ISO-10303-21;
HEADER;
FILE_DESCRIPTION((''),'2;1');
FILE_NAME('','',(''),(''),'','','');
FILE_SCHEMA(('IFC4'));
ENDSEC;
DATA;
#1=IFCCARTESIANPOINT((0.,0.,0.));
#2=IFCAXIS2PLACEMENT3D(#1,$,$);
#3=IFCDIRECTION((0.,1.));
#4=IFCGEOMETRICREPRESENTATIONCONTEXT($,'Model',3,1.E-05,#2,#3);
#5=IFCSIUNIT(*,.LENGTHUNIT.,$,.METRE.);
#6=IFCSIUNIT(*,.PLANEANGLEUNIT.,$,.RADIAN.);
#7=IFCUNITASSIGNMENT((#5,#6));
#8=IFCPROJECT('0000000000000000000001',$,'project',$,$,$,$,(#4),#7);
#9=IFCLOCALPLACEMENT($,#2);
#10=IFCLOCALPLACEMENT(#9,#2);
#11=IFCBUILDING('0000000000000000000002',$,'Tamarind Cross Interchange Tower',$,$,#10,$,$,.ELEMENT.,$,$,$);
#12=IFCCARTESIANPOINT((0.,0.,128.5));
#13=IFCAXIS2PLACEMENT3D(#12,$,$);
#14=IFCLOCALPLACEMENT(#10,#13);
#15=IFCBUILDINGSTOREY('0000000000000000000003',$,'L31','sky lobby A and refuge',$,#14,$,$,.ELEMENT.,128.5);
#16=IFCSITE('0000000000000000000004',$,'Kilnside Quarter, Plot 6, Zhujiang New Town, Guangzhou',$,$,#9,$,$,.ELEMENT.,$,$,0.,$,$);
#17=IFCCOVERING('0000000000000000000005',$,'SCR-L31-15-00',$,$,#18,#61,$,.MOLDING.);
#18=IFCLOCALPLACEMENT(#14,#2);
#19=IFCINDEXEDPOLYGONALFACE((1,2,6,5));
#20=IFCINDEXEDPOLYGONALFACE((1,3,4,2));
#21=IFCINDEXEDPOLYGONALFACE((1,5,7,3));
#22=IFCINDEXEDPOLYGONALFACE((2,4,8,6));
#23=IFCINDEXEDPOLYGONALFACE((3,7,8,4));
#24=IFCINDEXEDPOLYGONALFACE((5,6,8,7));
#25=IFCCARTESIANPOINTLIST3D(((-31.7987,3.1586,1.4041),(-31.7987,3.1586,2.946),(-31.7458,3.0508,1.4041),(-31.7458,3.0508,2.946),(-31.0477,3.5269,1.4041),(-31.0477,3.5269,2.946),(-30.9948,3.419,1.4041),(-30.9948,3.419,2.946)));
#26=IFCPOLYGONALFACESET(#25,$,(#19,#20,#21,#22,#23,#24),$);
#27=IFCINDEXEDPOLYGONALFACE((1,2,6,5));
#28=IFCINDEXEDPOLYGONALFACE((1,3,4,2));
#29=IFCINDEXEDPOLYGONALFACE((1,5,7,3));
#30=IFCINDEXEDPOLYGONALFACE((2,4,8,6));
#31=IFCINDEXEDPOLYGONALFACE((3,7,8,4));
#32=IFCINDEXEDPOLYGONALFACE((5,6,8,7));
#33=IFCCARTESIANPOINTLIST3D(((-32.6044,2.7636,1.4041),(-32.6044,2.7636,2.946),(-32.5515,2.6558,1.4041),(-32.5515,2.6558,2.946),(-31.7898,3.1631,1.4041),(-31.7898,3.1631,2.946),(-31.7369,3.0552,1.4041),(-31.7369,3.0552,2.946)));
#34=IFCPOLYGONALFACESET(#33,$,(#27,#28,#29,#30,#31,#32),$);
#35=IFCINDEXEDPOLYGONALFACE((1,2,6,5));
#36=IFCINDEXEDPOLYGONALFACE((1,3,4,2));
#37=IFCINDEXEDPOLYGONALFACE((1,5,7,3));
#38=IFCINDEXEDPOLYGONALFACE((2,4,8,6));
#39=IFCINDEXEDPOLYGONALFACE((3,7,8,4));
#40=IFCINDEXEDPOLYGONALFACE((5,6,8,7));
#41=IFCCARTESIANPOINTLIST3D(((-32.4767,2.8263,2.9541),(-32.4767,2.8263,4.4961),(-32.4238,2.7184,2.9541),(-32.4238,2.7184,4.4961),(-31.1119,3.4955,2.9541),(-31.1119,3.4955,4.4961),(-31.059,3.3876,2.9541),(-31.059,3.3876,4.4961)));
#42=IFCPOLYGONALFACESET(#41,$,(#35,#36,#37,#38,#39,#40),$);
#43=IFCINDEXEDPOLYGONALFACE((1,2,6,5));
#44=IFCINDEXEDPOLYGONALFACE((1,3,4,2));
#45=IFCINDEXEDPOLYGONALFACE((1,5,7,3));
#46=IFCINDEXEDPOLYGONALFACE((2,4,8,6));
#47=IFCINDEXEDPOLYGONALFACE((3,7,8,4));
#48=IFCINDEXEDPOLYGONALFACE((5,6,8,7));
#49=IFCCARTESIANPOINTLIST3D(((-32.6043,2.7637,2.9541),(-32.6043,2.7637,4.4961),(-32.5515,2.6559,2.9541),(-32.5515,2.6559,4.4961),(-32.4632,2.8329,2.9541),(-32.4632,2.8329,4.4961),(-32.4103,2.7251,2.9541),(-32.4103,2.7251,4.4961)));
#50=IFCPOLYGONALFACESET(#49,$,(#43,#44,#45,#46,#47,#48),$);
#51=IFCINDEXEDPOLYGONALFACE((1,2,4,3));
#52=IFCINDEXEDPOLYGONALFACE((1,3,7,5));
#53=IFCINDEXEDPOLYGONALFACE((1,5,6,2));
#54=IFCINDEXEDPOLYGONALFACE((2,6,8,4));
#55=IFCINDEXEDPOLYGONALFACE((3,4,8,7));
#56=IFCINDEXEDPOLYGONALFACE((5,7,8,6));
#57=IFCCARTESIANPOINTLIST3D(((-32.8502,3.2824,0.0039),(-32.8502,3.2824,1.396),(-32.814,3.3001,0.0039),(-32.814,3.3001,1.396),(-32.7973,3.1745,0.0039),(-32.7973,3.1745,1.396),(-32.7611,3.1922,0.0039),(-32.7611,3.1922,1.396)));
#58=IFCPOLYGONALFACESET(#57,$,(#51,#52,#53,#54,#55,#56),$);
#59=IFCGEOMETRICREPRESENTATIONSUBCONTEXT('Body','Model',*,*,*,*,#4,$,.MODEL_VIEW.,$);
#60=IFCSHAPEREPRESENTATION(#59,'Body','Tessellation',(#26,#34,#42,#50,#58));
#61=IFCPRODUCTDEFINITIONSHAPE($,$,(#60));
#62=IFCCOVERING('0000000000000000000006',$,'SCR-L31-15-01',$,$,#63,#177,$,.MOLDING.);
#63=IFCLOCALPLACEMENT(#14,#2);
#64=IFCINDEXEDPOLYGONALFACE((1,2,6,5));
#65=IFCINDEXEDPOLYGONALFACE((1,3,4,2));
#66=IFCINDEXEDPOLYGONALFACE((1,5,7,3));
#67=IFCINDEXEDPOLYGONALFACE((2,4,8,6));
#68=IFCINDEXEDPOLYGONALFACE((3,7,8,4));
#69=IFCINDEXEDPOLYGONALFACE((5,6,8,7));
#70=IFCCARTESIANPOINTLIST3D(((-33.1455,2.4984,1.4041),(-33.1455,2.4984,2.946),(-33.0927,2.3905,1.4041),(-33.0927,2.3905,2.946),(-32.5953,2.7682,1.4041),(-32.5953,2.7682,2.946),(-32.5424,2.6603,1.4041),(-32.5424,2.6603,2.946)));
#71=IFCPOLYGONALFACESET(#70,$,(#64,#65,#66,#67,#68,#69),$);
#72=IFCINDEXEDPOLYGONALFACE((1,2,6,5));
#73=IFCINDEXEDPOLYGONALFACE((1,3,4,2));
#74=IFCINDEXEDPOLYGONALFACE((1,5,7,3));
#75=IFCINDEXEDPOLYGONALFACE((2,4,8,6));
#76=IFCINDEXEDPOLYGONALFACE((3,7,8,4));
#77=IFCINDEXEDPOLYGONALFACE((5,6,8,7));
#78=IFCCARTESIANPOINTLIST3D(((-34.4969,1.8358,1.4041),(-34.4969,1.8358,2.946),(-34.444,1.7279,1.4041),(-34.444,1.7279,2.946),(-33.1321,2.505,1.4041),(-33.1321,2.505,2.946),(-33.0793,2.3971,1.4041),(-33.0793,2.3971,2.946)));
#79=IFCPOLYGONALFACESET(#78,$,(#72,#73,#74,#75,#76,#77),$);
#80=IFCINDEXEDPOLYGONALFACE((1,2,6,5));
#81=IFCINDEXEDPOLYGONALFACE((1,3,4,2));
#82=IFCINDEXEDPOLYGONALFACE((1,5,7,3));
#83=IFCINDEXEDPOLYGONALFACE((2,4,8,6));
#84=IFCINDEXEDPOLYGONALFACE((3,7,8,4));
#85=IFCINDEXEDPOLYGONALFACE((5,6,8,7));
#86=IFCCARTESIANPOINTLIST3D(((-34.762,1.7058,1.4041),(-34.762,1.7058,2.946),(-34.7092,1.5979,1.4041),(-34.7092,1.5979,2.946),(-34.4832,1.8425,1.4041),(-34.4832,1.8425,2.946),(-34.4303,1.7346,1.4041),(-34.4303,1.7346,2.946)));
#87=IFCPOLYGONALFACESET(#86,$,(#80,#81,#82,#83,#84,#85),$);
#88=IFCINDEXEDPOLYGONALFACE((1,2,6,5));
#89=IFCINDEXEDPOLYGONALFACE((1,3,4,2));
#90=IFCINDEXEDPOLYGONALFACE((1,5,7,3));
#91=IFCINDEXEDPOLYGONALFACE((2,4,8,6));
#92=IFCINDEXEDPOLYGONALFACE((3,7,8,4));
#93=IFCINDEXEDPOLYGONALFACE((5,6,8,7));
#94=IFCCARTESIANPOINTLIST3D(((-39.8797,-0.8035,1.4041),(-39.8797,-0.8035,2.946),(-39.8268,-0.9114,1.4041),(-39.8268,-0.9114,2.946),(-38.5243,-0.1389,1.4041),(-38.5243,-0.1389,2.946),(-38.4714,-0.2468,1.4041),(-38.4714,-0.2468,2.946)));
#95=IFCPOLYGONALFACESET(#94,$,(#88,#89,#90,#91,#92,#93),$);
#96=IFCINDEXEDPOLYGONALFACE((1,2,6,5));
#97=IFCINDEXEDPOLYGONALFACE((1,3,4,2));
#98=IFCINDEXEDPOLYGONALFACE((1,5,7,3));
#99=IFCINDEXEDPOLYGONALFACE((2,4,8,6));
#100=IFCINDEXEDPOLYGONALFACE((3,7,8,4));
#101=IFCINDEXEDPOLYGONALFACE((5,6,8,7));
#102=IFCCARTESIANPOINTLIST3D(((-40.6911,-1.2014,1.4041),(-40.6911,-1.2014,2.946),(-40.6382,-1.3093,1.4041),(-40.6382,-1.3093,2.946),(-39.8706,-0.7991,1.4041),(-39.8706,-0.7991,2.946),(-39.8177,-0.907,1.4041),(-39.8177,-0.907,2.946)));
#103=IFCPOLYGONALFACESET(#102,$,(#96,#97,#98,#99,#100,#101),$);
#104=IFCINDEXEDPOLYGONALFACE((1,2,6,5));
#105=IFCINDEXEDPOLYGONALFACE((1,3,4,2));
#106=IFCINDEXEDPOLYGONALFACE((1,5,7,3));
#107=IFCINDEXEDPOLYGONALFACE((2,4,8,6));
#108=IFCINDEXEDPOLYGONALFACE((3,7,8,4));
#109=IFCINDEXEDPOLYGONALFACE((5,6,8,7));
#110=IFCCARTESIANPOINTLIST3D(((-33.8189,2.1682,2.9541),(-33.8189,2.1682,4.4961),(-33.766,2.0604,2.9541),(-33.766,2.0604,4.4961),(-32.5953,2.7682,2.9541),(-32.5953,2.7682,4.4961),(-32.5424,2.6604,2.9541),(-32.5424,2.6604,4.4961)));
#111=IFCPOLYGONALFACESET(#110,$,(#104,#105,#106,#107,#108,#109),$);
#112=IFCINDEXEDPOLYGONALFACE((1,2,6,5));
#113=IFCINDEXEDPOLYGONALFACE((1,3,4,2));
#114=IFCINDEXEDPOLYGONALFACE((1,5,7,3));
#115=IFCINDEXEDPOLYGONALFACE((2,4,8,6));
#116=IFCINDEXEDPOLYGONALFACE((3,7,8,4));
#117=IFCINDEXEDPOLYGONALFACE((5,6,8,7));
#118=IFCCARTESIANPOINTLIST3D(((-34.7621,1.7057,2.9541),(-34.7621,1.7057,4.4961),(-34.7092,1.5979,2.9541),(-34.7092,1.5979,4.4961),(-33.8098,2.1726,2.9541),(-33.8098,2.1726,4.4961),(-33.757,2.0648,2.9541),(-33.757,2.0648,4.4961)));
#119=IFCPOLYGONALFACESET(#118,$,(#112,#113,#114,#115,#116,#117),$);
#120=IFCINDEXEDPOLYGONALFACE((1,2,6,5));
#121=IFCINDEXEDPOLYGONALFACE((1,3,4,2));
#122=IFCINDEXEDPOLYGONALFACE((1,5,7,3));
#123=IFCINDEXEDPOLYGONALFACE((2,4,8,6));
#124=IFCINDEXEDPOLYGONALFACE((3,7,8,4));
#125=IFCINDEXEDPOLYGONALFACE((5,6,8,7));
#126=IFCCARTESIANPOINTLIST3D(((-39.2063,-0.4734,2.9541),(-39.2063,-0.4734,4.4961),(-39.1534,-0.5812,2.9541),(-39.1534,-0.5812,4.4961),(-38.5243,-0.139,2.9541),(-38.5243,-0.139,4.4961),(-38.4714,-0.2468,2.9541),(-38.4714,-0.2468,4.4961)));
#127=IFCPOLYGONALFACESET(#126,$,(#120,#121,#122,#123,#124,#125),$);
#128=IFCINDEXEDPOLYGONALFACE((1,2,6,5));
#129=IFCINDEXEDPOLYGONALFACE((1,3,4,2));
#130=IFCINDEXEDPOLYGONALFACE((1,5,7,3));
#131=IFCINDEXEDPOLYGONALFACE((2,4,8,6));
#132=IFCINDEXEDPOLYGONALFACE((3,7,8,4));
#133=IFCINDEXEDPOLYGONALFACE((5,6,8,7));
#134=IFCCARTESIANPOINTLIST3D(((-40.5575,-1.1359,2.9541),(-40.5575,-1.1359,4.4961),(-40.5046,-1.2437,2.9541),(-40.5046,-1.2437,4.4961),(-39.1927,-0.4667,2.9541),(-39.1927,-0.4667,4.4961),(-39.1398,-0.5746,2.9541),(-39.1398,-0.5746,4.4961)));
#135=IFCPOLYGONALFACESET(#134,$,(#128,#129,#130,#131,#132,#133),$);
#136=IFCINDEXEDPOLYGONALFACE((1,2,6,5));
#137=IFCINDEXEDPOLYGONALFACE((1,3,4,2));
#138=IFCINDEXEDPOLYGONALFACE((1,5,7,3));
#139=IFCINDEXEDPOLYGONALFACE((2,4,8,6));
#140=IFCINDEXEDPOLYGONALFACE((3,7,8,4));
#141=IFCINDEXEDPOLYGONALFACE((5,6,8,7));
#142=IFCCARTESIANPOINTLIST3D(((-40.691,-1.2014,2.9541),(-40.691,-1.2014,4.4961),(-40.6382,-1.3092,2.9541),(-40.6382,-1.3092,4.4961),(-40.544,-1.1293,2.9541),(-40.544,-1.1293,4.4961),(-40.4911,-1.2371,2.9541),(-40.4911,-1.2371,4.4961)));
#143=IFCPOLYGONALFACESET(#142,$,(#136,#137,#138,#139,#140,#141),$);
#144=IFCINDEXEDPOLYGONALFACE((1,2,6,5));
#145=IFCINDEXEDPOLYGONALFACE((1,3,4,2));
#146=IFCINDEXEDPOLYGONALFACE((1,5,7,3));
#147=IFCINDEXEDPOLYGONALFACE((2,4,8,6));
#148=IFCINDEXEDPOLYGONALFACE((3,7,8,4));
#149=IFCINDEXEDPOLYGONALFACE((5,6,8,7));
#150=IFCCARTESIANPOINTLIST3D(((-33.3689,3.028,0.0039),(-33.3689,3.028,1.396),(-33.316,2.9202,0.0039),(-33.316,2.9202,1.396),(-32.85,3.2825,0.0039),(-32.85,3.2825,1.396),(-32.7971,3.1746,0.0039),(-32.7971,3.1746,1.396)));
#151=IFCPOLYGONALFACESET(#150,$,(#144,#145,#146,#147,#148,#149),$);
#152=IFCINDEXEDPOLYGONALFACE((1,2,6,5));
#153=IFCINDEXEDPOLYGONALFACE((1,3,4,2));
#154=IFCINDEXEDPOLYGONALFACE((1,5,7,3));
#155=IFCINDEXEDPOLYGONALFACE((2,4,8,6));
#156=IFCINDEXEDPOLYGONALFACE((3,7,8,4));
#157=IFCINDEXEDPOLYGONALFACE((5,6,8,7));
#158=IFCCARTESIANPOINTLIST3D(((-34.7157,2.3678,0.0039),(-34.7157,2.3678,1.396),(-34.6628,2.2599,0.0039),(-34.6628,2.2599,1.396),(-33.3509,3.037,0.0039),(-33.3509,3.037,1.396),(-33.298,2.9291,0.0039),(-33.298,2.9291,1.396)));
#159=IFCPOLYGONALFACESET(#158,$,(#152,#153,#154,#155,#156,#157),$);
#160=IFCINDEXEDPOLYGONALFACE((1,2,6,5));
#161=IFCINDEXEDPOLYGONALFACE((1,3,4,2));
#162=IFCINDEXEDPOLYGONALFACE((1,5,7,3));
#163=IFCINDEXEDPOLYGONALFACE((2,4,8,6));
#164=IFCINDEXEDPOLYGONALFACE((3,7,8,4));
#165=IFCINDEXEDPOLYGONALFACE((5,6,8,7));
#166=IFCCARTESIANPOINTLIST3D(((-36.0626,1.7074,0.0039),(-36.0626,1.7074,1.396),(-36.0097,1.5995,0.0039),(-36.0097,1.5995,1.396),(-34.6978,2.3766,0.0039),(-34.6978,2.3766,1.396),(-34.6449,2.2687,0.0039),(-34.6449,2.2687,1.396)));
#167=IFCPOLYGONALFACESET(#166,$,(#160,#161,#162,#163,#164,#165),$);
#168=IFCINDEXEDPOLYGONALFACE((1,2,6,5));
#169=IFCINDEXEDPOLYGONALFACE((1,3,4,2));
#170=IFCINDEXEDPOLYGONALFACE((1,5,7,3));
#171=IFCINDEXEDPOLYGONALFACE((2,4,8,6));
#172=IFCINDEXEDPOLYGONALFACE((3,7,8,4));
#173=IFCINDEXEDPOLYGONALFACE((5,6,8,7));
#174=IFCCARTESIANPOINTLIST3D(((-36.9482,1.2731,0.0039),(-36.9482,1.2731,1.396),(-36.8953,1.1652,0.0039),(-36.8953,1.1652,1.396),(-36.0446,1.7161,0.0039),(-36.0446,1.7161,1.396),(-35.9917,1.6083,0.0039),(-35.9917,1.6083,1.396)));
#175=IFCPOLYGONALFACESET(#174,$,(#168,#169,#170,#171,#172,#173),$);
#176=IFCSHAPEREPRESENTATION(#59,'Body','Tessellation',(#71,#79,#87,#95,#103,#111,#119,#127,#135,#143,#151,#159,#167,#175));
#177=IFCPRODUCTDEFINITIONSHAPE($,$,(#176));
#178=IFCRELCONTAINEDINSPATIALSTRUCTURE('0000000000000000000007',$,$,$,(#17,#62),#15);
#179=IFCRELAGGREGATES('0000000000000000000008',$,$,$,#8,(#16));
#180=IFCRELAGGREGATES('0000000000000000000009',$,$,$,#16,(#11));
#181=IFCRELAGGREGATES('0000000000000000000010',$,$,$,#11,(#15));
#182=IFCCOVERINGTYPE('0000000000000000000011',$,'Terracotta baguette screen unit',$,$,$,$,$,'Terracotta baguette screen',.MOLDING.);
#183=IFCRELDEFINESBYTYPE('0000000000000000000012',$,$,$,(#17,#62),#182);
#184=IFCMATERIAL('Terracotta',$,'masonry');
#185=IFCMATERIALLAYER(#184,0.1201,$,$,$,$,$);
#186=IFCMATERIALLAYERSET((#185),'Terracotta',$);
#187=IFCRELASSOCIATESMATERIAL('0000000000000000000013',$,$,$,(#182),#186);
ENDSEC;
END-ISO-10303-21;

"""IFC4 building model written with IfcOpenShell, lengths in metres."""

from ifc_helpers import new_model, si_unit, direction, frame, origin, origin_2d, place, context, subcontext, project, spatial, rectangle, extrude, material, layer, layer_set, type_object, element, save


model = new_model("IFC4")

# Units and contexts
model_context = context("Model", 3, precision=1e-05, world=origin(), true_north=direction((0.0, 1.0)))
body_context = subcontext(model_context, "Body", "Model", "MODEL_VIEW")
ifc_project = project(units=[si_unit("LENGTHUNIT", "METRE"), si_unit("PLANEANGLEUNIT", "RADIAN")], contexts=[model_context])

# Site, building, storey
site_placement = place(None, origin())
site = spatial("IfcSite", under=ifc_project, at=site_placement, Name="Kilnside Quarter, Plot 6, Zhujiang New Town, Guangzhou", CompositionType="ELEMENT", RefElevation=0.0)
building_placement = place(site_placement, origin())
building = spatial("IfcBuilding", under=site, at=building_placement, Name="Tamarind Cross Interchange Tower", CompositionType="ELEMENT")
storey_placement = place(building_placement, frame((0.0, 0.0, 128.5)))
storey = spatial("IfcBuildingStorey", under=building, at=storey_placement, Name="L31", Description="sky lobby A and refuge", CompositionType="ELEMENT", Elevation=128.5)

# Coverings
ifc_material_1 = material(Name="Terracotta", Category="masonry")
ifc_layer_1 = layer(ifc_material_1, 0.1201)
ifc_layer_set_1 = layer_set([ifc_layer_1], Name="Terracotta")
covering_type = type_object("IfcCoveringType", Name="Terracotta baguette screen unit", ElementType="Terracotta baguette screen", PredefinedType="MOLDING", material=ifc_layer_set_1)
covering_1_placement = place(storey_placement, origin())
element("IfcCovering", 1, at=covering_1_placement, inside=storey, type_object=covering_type, Name="SCR-L31-15-00", PredefinedType="MOLDING", context=body_context, shape_type="SweptSolid", body=[
    extrude(rectangle(XDim=0.8364, YDim=0.1201, at=origin_2d()), frame((-31.3967, 3.2888, 1.4041), z_axis=(0.0, 0.0, 1.0), x_axis=(-0.897874, -0.440253, 0.0)), (0.0, 0.0, 1.0), 1.542),
    extrude(rectangle(XDim=0.9072, YDim=0.1201, at=origin_2d()), frame((-32.1707, 2.9094, 1.4041), z_axis=(0.0, 0.0, 1.0), x_axis=(-0.897874, -0.440253, 0.0)), (0.0, 0.0, 1.0), 1.542),
    extrude(rectangle(XDim=1.52, YDim=0.1201, at=origin_2d()), frame((-31.7678, 3.1069, 2.9541), z_axis=(0.0, 0.0, 1.0), x_axis=(-0.897874, -0.440253, 0.0)), (0.0, 0.0, 1.0), 1.542),
    extrude(rectangle(XDim=0.1572, YDim=0.1201, at=origin_2d()), frame((-32.5073, 2.7444, 2.9541), z_axis=(0.0, 0.0, 1.0), x_axis=(-0.897874, -0.440253, 0.0)), (0.0, 0.0, 1.0), 1.542),
    extrude(rectangle(XDim=0.0403, YDim=0.1201, at=origin_2d()), frame((-32.8057, 3.2373, 0.0039), z_axis=(0.0, 0.0, 1.0), x_axis=(-0.897874, -0.440253, 0.0)), (0.0, 0.0, 1.0), 1.3921),
])
covering_2_placement = place(storey_placement, origin())
element("IfcCovering", 2, at=covering_2_placement, inside=storey, type_object=covering_type, Name="SCR-L31-15-01", PredefinedType="MOLDING", context=body_context, shape_type="SweptSolid", body=[
    extrude(rectangle(XDim=0.6128, YDim=0.1201, at=origin_2d()), frame((-32.844, 2.5793, 1.4041), z_axis=(0.0, 0.0, 1.0), x_axis=(-0.897874, -0.440253, 0.0)), (0.0, 0.0, 1.0), 1.542),
    extrude(rectangle(XDim=1.52, YDim=0.1201, at=origin_2d()), frame((-33.7881, 2.1165, 1.4041), z_axis=(0.0, 0.0, 1.0), x_axis=(-0.897874, -0.440253, 0.0)), (0.0, 0.0, 1.0), 1.542),
    extrude(rectangle(XDim=0.3105, YDim=0.1201, at=origin_2d()), frame((-34.5962, 1.7202, 1.4041), z_axis=(0.0, 0.0, 1.0), x_axis=(-0.897874, -0.440253, 0.0)), (0.0, 0.0, 1.0), 1.542),
    extrude(rectangle(XDim=1.5095, YDim=0.1201, at=origin_2d()), frame((-39.1755, -0.5251, 1.4041), z_axis=(0.0, 0.0, 1.0), x_axis=(-0.897874, -0.440253, 0.0)), (0.0, 0.0, 1.0), 1.542),
    extrude(rectangle(XDim=0.9138, YDim=0.1201, at=origin_2d()), frame((-40.2544, -1.0542, 1.4041), z_axis=(0.0, 0.0, 1.0), x_axis=(-0.897874, -0.440253, 0.0)), (0.0, 0.0, 1.0), 1.542),
    extrude(rectangle(XDim=1.3628, YDim=0.1201, at=origin_2d()), frame((-33.1807, 2.4143, 2.9541), z_axis=(0.0, 0.0, 1.0), x_axis=(-0.897874, -0.440253, 0.0)), (0.0, 0.0, 1.0), 1.542),
    extrude(rectangle(XDim=1.0605, YDim=0.1201, at=origin_2d()), frame((-34.2595, 1.8853, 2.9541), z_axis=(0.0, 0.0, 1.0), x_axis=(-0.897874, -0.440253, 0.0)), (0.0, 0.0, 1.0), 1.542),
    extrude(rectangle(XDim=0.7595, YDim=0.1201, at=origin_2d()), frame((-38.8389, -0.3601, 2.9541), z_axis=(0.0, 0.0, 1.0), x_axis=(-0.897874, -0.440253, 0.0)), (0.0, 0.0, 1.0), 1.542),
    extrude(rectangle(XDim=1.52, YDim=0.1201, at=origin_2d()), frame((-39.8486, -0.8552, 2.9541), z_axis=(0.0, 0.0, 1.0), x_axis=(-0.897874, -0.440253, 0.0)), (0.0, 0.0, 1.0), 1.542),
    extrude(rectangle(XDim=0.1638, YDim=0.1201, at=origin_2d()), frame((-40.5911, -1.2192, 2.9541), z_axis=(0.0, 0.0, 1.0), x_axis=(-0.897874, -0.440253, 0.0)), (0.0, 0.0, 1.0), 1.542),
    extrude(rectangle(XDim=0.5779, YDim=0.1201, at=origin_2d()), frame((-33.083, 3.1013, 0.0039), z_axis=(0.0, 0.0, 1.0), x_axis=(-0.897874, -0.440253, 0.0)), (0.0, 0.0, 1.0), 1.3921),
    extrude(rectangle(XDim=1.52, YDim=0.1201, at=origin_2d()), frame((-34.0068, 2.6484, 0.0039), z_axis=(0.0, 0.0, 1.0), x_axis=(-0.897874, -0.440253, 0.0)), (0.0, 0.0, 1.0), 1.3921),
    extrude(rectangle(XDim=1.52, YDim=0.1201, at=origin_2d()), frame((-35.3538, 1.988, 0.0039), z_axis=(0.0, 0.0, 1.0), x_axis=(-0.897874, -0.440253, 0.0)), (0.0, 0.0, 1.0), 1.3921),
    extrude(rectangle(XDim=1.0063, YDim=0.1201, at=origin_2d()), frame((-36.47, 1.4407, 0.0039), z_axis=(0.0, 0.0, 1.0), x_axis=(-0.897874, -0.440253, 0.0)), (0.0, 0.0, 1.0), 1.3921),
])

save(model, "model.ifc")
